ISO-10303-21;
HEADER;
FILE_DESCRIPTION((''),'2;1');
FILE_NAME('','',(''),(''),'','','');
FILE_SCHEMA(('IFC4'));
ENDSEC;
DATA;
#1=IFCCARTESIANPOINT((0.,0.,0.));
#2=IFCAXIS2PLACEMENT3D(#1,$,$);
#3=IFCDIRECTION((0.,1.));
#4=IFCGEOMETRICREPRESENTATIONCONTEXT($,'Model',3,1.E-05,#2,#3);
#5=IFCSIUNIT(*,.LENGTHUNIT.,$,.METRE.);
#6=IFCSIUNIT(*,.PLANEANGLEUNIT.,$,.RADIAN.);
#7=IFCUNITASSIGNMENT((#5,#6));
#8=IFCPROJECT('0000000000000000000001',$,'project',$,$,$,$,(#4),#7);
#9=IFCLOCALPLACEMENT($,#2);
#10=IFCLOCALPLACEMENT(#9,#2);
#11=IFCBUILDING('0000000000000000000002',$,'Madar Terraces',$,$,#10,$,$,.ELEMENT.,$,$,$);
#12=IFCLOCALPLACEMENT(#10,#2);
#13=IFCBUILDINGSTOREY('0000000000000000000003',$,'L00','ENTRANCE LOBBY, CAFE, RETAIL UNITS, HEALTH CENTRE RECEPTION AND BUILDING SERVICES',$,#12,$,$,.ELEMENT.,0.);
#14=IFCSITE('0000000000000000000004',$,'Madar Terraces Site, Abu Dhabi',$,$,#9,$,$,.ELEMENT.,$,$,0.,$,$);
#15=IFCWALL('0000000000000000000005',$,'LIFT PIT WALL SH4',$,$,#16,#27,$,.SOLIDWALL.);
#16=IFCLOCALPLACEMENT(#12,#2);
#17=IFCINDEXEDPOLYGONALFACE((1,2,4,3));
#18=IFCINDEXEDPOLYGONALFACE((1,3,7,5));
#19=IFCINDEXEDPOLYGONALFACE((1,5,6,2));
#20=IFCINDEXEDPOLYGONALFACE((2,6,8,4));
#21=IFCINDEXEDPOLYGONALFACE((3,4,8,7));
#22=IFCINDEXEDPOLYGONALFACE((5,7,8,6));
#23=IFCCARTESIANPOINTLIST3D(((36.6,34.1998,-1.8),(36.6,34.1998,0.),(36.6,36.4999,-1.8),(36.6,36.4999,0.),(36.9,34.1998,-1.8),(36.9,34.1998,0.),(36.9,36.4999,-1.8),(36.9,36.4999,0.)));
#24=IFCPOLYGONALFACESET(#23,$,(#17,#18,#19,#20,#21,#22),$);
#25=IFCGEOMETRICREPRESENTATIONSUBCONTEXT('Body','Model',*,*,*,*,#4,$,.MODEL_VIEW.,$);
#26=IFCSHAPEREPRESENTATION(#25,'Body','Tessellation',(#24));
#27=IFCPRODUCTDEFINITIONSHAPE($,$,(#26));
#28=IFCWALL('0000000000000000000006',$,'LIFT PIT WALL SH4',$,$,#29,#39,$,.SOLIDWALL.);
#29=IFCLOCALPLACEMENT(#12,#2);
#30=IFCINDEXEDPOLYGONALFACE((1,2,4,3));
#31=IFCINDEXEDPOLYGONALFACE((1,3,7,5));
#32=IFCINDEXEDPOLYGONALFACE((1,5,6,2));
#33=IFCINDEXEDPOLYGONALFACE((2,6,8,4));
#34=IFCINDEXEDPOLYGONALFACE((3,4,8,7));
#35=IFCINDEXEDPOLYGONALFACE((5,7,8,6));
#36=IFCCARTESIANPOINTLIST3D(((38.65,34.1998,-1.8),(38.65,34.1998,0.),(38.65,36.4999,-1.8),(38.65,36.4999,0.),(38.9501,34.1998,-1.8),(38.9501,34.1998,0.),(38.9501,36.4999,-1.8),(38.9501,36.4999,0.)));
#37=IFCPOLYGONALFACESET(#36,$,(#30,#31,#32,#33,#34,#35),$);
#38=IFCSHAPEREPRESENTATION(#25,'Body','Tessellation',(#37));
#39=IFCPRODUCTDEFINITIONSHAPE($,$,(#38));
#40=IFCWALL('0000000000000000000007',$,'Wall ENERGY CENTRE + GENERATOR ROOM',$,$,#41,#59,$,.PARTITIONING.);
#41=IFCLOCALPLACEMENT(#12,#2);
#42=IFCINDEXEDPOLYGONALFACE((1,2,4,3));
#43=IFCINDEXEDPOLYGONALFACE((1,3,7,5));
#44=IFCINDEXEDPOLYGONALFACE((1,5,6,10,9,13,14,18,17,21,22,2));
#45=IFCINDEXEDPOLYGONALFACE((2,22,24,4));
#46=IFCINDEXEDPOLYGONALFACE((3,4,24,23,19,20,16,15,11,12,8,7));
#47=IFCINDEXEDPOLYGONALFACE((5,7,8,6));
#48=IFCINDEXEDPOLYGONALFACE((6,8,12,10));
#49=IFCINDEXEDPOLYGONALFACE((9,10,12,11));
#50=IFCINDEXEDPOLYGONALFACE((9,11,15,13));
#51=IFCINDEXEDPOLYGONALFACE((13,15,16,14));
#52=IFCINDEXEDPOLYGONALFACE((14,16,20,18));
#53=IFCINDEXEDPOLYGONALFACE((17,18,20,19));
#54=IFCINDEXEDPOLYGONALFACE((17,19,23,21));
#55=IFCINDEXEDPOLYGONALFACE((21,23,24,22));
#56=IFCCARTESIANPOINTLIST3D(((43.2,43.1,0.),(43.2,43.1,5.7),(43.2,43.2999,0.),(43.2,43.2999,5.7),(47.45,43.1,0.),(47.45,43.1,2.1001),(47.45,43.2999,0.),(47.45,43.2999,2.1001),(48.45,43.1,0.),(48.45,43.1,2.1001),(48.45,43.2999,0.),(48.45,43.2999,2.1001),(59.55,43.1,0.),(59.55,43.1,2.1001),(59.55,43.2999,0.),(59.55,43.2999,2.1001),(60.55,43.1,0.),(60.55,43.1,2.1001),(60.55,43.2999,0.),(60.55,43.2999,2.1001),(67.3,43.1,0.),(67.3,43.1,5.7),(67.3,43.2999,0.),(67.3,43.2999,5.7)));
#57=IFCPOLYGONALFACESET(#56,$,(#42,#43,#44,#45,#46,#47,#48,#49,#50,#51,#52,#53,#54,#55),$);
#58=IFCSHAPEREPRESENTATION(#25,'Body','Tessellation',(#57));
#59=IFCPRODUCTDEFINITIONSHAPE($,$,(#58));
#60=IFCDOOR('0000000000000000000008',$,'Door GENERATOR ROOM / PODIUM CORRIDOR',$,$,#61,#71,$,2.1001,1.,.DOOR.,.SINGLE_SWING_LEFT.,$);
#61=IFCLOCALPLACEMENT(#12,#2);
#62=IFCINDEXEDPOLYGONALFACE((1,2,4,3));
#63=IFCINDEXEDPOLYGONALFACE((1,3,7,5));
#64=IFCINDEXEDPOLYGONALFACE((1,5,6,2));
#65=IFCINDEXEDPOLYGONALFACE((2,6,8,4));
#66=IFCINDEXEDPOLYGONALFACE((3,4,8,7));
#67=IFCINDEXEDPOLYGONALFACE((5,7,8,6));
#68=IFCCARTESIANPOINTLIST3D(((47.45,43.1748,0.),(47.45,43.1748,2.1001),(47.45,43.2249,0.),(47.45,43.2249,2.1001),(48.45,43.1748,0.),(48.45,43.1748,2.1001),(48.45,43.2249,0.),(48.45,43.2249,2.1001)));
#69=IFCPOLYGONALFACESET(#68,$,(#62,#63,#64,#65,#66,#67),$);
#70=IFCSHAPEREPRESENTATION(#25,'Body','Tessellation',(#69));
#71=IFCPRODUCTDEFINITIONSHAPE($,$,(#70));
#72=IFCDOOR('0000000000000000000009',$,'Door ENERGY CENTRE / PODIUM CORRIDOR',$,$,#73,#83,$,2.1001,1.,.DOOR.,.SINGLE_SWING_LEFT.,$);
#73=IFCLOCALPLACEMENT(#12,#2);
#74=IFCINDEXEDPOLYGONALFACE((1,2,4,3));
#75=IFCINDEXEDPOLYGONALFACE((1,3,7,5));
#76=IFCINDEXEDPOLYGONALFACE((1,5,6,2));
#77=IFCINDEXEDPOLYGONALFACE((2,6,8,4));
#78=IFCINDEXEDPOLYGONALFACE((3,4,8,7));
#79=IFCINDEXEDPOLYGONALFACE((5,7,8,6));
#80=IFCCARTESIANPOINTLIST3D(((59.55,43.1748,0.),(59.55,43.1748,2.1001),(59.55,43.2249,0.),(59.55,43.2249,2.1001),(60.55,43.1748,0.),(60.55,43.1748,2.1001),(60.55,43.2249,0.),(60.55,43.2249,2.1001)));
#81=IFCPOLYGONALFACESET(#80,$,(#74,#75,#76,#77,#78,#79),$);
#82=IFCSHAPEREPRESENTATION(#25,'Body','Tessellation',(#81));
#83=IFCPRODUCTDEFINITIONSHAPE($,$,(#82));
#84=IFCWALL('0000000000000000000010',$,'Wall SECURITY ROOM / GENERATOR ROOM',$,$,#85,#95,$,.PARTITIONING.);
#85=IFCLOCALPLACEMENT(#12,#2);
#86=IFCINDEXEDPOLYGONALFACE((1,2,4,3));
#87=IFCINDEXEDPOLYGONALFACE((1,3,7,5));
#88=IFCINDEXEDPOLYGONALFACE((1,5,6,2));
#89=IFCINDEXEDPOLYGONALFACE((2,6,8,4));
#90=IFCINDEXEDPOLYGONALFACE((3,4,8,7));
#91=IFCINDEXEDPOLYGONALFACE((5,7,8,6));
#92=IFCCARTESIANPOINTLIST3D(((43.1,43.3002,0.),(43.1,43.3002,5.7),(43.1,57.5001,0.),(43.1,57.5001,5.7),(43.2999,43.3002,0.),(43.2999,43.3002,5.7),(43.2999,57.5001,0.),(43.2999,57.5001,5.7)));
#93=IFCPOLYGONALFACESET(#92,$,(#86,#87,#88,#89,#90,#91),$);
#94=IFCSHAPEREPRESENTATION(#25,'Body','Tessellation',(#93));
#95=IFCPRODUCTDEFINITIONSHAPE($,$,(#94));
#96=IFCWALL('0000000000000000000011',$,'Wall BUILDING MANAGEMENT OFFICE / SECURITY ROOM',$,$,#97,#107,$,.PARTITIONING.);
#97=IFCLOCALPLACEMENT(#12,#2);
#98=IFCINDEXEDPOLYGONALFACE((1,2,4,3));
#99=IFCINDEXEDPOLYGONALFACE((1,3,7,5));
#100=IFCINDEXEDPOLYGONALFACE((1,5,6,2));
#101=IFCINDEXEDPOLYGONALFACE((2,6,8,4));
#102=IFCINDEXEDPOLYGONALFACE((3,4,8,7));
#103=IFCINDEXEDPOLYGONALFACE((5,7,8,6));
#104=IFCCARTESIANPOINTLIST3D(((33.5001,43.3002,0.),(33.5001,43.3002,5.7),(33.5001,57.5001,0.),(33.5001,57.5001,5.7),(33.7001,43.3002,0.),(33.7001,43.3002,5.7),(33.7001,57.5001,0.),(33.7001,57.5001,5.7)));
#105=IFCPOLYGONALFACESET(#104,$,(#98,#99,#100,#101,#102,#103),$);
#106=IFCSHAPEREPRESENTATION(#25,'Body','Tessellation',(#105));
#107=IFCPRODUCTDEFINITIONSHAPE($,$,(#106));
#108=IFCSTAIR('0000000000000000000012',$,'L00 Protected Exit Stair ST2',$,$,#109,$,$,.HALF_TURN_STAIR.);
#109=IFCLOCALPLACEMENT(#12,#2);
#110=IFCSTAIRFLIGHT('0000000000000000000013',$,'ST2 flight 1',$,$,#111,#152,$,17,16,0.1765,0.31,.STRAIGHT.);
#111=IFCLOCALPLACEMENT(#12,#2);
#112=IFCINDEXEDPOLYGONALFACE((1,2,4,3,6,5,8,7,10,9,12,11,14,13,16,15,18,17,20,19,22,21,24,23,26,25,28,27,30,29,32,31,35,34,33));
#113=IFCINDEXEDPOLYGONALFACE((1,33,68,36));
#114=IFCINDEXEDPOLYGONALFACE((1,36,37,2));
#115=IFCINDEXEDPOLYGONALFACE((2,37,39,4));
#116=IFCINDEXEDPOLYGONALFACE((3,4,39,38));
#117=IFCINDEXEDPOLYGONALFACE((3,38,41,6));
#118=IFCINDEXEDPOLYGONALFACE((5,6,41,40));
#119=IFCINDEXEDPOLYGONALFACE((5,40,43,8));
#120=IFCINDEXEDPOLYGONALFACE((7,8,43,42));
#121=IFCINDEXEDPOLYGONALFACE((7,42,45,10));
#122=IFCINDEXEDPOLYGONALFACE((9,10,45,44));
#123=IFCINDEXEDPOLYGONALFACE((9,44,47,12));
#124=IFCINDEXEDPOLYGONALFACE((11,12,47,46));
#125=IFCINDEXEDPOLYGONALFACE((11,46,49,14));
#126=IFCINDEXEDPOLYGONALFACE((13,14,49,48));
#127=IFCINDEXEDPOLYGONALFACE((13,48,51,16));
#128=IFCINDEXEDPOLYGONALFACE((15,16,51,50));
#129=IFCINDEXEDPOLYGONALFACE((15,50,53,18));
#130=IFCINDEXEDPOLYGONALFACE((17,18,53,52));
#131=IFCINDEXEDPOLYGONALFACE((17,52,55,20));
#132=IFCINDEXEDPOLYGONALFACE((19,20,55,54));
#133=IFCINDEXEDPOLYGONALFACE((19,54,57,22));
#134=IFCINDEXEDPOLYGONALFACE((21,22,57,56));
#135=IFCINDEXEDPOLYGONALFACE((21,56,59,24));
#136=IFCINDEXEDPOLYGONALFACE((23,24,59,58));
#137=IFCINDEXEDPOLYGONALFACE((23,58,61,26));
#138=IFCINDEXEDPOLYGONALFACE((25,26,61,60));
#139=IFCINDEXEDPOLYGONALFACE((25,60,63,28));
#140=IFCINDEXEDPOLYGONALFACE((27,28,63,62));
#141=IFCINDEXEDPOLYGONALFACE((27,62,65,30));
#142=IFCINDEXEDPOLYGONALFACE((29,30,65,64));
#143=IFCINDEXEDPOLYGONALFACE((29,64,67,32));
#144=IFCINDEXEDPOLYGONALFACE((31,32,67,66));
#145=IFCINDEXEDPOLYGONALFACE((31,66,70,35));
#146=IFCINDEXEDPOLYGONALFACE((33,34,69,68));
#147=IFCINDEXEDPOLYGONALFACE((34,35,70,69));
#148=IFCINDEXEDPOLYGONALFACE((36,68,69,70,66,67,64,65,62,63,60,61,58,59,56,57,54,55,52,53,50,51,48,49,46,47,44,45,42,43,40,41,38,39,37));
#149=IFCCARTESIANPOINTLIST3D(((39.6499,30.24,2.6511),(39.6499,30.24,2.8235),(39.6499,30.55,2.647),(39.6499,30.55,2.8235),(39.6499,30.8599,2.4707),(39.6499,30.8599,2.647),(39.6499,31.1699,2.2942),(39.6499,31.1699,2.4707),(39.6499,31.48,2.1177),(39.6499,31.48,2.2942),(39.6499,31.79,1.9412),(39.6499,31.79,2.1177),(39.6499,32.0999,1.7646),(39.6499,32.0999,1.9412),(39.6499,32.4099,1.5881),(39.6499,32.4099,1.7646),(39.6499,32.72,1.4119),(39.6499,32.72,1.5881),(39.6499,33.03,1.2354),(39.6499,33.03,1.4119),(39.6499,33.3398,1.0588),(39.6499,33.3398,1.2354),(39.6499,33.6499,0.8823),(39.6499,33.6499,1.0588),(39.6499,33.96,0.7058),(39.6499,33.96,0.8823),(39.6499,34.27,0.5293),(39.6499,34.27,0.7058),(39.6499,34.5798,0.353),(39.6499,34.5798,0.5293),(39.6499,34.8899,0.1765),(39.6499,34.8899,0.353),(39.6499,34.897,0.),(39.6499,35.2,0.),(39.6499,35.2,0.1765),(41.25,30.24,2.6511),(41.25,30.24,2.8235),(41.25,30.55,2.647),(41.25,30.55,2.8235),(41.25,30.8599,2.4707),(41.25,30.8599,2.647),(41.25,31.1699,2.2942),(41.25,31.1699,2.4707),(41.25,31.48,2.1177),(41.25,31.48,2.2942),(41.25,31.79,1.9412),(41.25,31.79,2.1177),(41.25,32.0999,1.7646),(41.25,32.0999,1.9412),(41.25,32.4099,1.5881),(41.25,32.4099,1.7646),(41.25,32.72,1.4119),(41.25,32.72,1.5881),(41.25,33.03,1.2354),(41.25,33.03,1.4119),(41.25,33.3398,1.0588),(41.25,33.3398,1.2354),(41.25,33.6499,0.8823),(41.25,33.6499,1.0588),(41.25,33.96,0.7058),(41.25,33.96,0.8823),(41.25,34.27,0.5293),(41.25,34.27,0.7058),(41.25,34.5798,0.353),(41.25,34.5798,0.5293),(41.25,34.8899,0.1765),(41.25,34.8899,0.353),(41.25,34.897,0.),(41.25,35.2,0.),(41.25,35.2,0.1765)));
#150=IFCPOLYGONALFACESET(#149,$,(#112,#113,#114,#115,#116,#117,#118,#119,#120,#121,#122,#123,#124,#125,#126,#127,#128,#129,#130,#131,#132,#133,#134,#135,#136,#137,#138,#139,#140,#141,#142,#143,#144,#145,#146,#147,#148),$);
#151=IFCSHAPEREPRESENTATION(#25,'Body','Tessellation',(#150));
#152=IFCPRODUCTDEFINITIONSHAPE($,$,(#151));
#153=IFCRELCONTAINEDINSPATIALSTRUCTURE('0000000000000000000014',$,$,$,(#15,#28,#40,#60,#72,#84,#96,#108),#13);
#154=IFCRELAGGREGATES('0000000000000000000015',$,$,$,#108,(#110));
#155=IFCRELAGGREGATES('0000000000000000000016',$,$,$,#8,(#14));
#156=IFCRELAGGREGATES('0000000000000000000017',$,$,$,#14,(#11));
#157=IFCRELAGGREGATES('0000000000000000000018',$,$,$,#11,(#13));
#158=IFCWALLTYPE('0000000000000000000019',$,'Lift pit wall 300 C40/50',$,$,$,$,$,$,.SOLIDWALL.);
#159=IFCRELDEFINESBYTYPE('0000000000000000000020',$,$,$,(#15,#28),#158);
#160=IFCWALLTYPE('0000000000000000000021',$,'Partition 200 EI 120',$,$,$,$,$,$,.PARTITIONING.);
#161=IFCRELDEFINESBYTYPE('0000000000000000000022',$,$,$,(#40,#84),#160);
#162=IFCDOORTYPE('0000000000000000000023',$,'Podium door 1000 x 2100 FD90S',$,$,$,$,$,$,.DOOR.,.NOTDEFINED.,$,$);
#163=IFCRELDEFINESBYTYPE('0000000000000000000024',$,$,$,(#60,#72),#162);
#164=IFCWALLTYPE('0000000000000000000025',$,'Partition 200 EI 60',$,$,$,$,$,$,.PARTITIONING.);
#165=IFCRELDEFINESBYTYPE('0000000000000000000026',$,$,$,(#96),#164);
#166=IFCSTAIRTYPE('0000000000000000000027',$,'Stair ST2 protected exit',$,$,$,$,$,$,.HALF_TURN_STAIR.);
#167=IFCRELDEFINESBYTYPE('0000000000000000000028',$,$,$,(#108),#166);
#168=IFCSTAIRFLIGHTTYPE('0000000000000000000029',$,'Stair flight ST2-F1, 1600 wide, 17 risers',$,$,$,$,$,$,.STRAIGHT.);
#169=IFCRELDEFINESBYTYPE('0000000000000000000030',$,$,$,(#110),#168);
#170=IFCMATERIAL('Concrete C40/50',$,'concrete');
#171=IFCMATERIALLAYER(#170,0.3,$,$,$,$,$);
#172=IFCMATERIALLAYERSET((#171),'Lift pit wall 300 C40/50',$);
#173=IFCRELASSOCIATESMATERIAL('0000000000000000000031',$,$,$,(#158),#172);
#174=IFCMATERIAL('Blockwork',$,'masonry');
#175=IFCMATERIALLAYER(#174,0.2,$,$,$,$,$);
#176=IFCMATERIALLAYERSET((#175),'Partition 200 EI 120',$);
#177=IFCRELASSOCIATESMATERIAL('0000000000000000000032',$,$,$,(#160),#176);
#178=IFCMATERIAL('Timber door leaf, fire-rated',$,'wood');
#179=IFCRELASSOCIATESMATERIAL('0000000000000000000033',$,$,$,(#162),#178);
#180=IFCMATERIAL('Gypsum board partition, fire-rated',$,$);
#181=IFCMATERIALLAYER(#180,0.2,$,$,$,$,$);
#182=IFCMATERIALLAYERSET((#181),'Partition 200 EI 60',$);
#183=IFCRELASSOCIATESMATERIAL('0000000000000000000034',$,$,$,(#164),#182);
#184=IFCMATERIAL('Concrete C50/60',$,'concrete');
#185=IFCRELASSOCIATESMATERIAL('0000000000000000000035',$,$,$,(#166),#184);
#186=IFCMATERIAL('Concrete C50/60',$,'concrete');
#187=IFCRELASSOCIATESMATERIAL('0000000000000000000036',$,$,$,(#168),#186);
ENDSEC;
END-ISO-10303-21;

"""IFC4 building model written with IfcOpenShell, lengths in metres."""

from ifc_helpers import new_model, si_unit, direction, frame, frame_2d, origin, place, context, subcontext, project, spatial, polyline, rectangle, outline, extrude, material, layer, layer_set, type_object, element, fill, aggregate, save


model = new_model("IFC4")

# Units and contexts
model_context = context("Model", 3, precision=1e-05, world=origin(), true_north=direction((0.0, 1.0)))
body_context = subcontext(model_context, "Body", "Model", "MODEL_VIEW")
ifc_project = project(units=[si_unit("LENGTHUNIT", "METRE"), si_unit("PLANEANGLEUNIT", "RADIAN")], contexts=[model_context])

# Site, building, storey
site_placement = place(None, origin())
site = spatial("IfcSite", under=ifc_project, at=site_placement, Name="Madar Terraces Site, Abu Dhabi", CompositionType="ELEMENT", RefElevation=0.0)
building_placement = place(site_placement, origin())
building = spatial("IfcBuilding", under=site, at=building_placement, Name="Madar Terraces", CompositionType="ELEMENT")
storey_placement = place(building_placement, origin())
storey = spatial("IfcBuildingStorey", under=building, at=storey_placement, Name="L00", Description="ENTRANCE LOBBY, CAFE, RETAIL UNITS, HEALTH CENTRE RECEPTION AND BUILDING SERVICES", CompositionType="ELEMENT", Elevation=0.0)

# Walls
ifc_material_1 = material(Name="Concrete C40/50", Category="concrete")
ifc_layer_1 = layer(ifc_material_1, 0.3)
ifc_layer_set_1 = layer_set([ifc_layer_1], Name="Lift pit wall 300 C40/50")
wall_type_1 = type_object("IfcWallType", Name="Lift pit wall 300 C40/50", PredefinedType="SOLIDWALL", material=ifc_layer_set_1)
for number, where, z_axis, x_axis, name in (
    (1, (36.75, 34.2, -1.8), (0.0, 0.0, 1.0), (0.0, 1.0, 0.0), "LIFT PIT WALL SH4"),
    (2, (38.8, 34.2, -1.8), (0.0, 0.0, 1.0), (0.0, 1.0, 0.0), "LIFT PIT WALL SH4"),
):
    element("IfcWall", number, at=place(storey_placement, frame(where, z_axis=z_axis, x_axis=x_axis)), inside=storey, type_object=wall_type_1, Name=name, PredefinedType="SOLIDWALL", context=body_context, shape_type="SweptSolid", body=[
        extrude(rectangle(XDim=2.3, YDim=0.3, at=frame_2d((1.1499, 0.0))), origin(), (0.0, 0.0, 1.0), 1.8),
    ])

# Wall, openings, doors
ifc_material_2 = material(Name="Blockwork", Category="masonry")
ifc_layer_2 = layer(ifc_material_2, 0.2)
ifc_layer_set_2 = layer_set([ifc_layer_2], Name="Partition 200 EI 120")
wall_type_2 = type_object("IfcWallType", Name="Partition 200 EI 120", PredefinedType="PARTITIONING", material=ifc_layer_set_2)
wall_1_placement = place(storey_placement, frame((43.2, 43.2, 0.0), z_axis=(0.0, 0.0, 1.0), x_axis=(1.0, 0.0, 0.0)))
wall_1 = element("IfcWall", 3, at=wall_1_placement, inside=storey, type_object=wall_type_2, Name="Wall ENERGY CENTRE + GENERATOR ROOM", PredefinedType="PARTITIONING", context=body_context, shape_type="SweptSolid", body=[
    extrude(rectangle(XDim=24.1001, YDim=0.2, at=frame_2d((12.05, 0.0))), origin(), (0.0, 0.0, 1.0), 5.7),
])
opening_1_placement = place(wall_1_placement, frame((4.25, 0.0, 0.0)))
opening_1 = element("IfcOpeningElement", 4, at=opening_1_placement, cuts=wall_1, PredefinedType="OPENING", context=body_context, shape_type="SweptSolid", body=[
    extrude(rectangle(XDim=1.0, YDim=2.1001, at=frame_2d((0.5, 1.05))), frame((0.0, 0.1099, 0.0), z_axis=(0.0, -1.0, 0.0), x_axis=(1.0, 0.0, 0.0)), (0.0, 0.0, 1.0), 0.22),
])
opening_2_placement = place(wall_1_placement, frame((16.3501, 0.0, 0.0)))
opening_2 = element("IfcOpeningElement", 5, at=opening_2_placement, cuts=wall_1, PredefinedType="OPENING", context=body_context, shape_type="SweptSolid", body=[
    extrude(rectangle(XDim=1.0, YDim=2.1001, at=frame_2d((0.5, 1.05))), frame((0.0, 0.1099, 0.0), z_axis=(0.0, -1.0, 0.0), x_axis=(1.0, 0.0, 0.0)), (0.0, 0.0, 1.0), 0.22),
])
ifc_material_3 = material(Name="Timber door leaf, fire-rated", Category="wood")
door_type = type_object("IfcDoorType", Name="Podium door 1000 x 2100 FD90S", OperationType="NOTDEFINED", PredefinedType="DOOR", material=ifc_material_3)
door_1_placement = place(opening_1_placement, origin())
door_1 = element("IfcDoor", 6, at=door_1_placement, inside=storey, type_object=door_type, Name="Door GENERATOR ROOM / PODIUM CORRIDOR", OperationType="SINGLE_SWING_LEFT", OverallHeight=2.1001, OverallWidth=1.0, PredefinedType="DOOR", context=body_context, shape_type="SweptSolid", body=[
    extrude(rectangle(XDim=1.0, YDim=2.1001, at=frame_2d((0.5, 1.05))), frame((0.0, 0.0249, 0.0), z_axis=(0.0, -1.0, 0.0), x_axis=(1.0, 0.0, 0.0)), (0.0, 0.0, 1.0), 0.05),
])
fill(opening_1, door_1)
door_2_placement = place(opening_2_placement, origin())
door_2 = element("IfcDoor", 7, at=door_2_placement, inside=storey, type_object=door_type, Name="Door ENERGY CENTRE / PODIUM CORRIDOR", OperationType="SINGLE_SWING_LEFT", OverallHeight=2.1001, OverallWidth=1.0, PredefinedType="DOOR", context=body_context, shape_type="SweptSolid", body=[
    extrude(rectangle(XDim=1.0, YDim=2.1001, at=frame_2d((0.5, 1.05))), frame((0.0, 0.0249, 0.0), z_axis=(0.0, -1.0, 0.0), x_axis=(1.0, 0.0, 0.0)), (0.0, 0.0, 1.0), 0.05),
])
fill(opening_2, door_2)

# Walls
wall_2_placement = place(storey_placement, frame((43.2, 43.3, 0.0), z_axis=(0.0, 0.0, 1.0), x_axis=(0.0, 1.0, 0.0)))
element("IfcWall", 8, at=wall_2_placement, inside=storey, type_object=wall_type_2, Name="Wall SECURITY ROOM / GENERATOR ROOM", PredefinedType="PARTITIONING", context=body_context, shape_type="SweptSolid", body=[
    extrude(rectangle(XDim=14.2, YDim=0.2, at=frame_2d((7.1001, 0.0))), origin(), (0.0, 0.0, 1.0), 5.7),
])
ifc_material_4 = material(Name="Gypsum board partition, fire-rated")
ifc_layer_3 = layer(ifc_material_4, 0.2)
ifc_layer_set_3 = layer_set([ifc_layer_3], Name="Partition 200 EI 60")
wall_type_3 = type_object("IfcWallType", Name="Partition 200 EI 60", PredefinedType="PARTITIONING", material=ifc_layer_set_3)
wall_3_placement = place(storey_placement, frame((33.6001, 43.3, 0.0), z_axis=(0.0, 0.0, 1.0), x_axis=(0.0, 1.0, 0.0)))
element("IfcWall", 9, at=wall_3_placement, inside=storey, type_object=wall_type_3, Name="Wall BUILDING MANAGEMENT OFFICE / SECURITY ROOM", PredefinedType="PARTITIONING", context=body_context, shape_type="SweptSolid", body=[
    extrude(rectangle(XDim=14.2, YDim=0.2, at=frame_2d((7.1001, 0.0))), origin(), (0.0, 0.0, 1.0), 5.7),
])

# Stair, stair flight
ifc_material_5 = material(Name="Concrete C50/60", Category="concrete")
stair_type = type_object("IfcStairType", Name="Stair ST2 protected exit", PredefinedType="HALF_TURN_STAIR", material=ifc_material_5)
stair_placement = place(storey_placement, origin())
stair = element("IfcStair", 10, at=stair_placement, inside=storey, type_object=stair_type, Name="L00 Protected Exit Stair ST2", PredefinedType="HALF_TURN_STAIR")
ifc_material_6 = material(Name="Concrete C50/60", Category="concrete")
stair_flight_type = type_object("IfcStairFlightType", Name="Stair flight ST2-F1, 1600 wide, 17 risers", PredefinedType="STRAIGHT", material=ifc_material_6)
stair_flight_placement = place(storey_placement, frame((40.45, 35.2, 0.0), z_axis=(0.0, 0.0, 1.0), x_axis=(0.0, -1.0, 0.0)))
stair_flight = element("IfcStairFlight", 11, at=stair_flight_placement, type_object=stair_flight_type, Name="ST2 flight 1", NumberOfRisers=17, NumberOfTreads=16, PredefinedType="STRAIGHT", RiserHeight=0.1765, TreadLength=0.31, context=body_context, shape_type="SweptSolid", body=[
    extrude(outline(polyline([(0.0, 0.0), (0.0, 0.1765), (0.3101, 0.1765), (0.3101, 0.353), (0.6201, 0.353), (0.6201, 0.5293), (0.9299, 0.5293), (0.9299, 0.7058), (1.24, 0.7058), (1.24, 0.8823), (1.55, 0.8823), (1.55, 1.0588), (1.8601, 1.0588), (1.8601, 1.2354), (2.1699, 1.2354), (2.1699, 1.4119), (2.48, 1.4119), (2.48, 1.5881), (2.79, 1.5881), (2.79, 1.7646), (3.1001, 1.7646), (3.1001, 1.9412), (3.4099, 1.9412), (3.4099, 2.1177), (3.72, 2.1177), (3.72, 2.2942), (4.03, 2.2942), (4.03, 2.4707), (4.3401, 2.4707), (4.3401, 2.647), (4.6499, 2.647), (4.6499, 2.8235), (4.96, 2.8235), (4.96, 3.0), (4.96, 2.6511), (0.303, 0.0), (0.0, 0.0)])), frame((0.0, 0.8, 0.0), z_axis=(0.0, -1.0, 0.0), x_axis=(1.0, 0.0, 0.0)), (0.0, 0.0, 1.0), 1.6001),
])
aggregate(stair, [stair_flight])

save(model, "model.ifc")
